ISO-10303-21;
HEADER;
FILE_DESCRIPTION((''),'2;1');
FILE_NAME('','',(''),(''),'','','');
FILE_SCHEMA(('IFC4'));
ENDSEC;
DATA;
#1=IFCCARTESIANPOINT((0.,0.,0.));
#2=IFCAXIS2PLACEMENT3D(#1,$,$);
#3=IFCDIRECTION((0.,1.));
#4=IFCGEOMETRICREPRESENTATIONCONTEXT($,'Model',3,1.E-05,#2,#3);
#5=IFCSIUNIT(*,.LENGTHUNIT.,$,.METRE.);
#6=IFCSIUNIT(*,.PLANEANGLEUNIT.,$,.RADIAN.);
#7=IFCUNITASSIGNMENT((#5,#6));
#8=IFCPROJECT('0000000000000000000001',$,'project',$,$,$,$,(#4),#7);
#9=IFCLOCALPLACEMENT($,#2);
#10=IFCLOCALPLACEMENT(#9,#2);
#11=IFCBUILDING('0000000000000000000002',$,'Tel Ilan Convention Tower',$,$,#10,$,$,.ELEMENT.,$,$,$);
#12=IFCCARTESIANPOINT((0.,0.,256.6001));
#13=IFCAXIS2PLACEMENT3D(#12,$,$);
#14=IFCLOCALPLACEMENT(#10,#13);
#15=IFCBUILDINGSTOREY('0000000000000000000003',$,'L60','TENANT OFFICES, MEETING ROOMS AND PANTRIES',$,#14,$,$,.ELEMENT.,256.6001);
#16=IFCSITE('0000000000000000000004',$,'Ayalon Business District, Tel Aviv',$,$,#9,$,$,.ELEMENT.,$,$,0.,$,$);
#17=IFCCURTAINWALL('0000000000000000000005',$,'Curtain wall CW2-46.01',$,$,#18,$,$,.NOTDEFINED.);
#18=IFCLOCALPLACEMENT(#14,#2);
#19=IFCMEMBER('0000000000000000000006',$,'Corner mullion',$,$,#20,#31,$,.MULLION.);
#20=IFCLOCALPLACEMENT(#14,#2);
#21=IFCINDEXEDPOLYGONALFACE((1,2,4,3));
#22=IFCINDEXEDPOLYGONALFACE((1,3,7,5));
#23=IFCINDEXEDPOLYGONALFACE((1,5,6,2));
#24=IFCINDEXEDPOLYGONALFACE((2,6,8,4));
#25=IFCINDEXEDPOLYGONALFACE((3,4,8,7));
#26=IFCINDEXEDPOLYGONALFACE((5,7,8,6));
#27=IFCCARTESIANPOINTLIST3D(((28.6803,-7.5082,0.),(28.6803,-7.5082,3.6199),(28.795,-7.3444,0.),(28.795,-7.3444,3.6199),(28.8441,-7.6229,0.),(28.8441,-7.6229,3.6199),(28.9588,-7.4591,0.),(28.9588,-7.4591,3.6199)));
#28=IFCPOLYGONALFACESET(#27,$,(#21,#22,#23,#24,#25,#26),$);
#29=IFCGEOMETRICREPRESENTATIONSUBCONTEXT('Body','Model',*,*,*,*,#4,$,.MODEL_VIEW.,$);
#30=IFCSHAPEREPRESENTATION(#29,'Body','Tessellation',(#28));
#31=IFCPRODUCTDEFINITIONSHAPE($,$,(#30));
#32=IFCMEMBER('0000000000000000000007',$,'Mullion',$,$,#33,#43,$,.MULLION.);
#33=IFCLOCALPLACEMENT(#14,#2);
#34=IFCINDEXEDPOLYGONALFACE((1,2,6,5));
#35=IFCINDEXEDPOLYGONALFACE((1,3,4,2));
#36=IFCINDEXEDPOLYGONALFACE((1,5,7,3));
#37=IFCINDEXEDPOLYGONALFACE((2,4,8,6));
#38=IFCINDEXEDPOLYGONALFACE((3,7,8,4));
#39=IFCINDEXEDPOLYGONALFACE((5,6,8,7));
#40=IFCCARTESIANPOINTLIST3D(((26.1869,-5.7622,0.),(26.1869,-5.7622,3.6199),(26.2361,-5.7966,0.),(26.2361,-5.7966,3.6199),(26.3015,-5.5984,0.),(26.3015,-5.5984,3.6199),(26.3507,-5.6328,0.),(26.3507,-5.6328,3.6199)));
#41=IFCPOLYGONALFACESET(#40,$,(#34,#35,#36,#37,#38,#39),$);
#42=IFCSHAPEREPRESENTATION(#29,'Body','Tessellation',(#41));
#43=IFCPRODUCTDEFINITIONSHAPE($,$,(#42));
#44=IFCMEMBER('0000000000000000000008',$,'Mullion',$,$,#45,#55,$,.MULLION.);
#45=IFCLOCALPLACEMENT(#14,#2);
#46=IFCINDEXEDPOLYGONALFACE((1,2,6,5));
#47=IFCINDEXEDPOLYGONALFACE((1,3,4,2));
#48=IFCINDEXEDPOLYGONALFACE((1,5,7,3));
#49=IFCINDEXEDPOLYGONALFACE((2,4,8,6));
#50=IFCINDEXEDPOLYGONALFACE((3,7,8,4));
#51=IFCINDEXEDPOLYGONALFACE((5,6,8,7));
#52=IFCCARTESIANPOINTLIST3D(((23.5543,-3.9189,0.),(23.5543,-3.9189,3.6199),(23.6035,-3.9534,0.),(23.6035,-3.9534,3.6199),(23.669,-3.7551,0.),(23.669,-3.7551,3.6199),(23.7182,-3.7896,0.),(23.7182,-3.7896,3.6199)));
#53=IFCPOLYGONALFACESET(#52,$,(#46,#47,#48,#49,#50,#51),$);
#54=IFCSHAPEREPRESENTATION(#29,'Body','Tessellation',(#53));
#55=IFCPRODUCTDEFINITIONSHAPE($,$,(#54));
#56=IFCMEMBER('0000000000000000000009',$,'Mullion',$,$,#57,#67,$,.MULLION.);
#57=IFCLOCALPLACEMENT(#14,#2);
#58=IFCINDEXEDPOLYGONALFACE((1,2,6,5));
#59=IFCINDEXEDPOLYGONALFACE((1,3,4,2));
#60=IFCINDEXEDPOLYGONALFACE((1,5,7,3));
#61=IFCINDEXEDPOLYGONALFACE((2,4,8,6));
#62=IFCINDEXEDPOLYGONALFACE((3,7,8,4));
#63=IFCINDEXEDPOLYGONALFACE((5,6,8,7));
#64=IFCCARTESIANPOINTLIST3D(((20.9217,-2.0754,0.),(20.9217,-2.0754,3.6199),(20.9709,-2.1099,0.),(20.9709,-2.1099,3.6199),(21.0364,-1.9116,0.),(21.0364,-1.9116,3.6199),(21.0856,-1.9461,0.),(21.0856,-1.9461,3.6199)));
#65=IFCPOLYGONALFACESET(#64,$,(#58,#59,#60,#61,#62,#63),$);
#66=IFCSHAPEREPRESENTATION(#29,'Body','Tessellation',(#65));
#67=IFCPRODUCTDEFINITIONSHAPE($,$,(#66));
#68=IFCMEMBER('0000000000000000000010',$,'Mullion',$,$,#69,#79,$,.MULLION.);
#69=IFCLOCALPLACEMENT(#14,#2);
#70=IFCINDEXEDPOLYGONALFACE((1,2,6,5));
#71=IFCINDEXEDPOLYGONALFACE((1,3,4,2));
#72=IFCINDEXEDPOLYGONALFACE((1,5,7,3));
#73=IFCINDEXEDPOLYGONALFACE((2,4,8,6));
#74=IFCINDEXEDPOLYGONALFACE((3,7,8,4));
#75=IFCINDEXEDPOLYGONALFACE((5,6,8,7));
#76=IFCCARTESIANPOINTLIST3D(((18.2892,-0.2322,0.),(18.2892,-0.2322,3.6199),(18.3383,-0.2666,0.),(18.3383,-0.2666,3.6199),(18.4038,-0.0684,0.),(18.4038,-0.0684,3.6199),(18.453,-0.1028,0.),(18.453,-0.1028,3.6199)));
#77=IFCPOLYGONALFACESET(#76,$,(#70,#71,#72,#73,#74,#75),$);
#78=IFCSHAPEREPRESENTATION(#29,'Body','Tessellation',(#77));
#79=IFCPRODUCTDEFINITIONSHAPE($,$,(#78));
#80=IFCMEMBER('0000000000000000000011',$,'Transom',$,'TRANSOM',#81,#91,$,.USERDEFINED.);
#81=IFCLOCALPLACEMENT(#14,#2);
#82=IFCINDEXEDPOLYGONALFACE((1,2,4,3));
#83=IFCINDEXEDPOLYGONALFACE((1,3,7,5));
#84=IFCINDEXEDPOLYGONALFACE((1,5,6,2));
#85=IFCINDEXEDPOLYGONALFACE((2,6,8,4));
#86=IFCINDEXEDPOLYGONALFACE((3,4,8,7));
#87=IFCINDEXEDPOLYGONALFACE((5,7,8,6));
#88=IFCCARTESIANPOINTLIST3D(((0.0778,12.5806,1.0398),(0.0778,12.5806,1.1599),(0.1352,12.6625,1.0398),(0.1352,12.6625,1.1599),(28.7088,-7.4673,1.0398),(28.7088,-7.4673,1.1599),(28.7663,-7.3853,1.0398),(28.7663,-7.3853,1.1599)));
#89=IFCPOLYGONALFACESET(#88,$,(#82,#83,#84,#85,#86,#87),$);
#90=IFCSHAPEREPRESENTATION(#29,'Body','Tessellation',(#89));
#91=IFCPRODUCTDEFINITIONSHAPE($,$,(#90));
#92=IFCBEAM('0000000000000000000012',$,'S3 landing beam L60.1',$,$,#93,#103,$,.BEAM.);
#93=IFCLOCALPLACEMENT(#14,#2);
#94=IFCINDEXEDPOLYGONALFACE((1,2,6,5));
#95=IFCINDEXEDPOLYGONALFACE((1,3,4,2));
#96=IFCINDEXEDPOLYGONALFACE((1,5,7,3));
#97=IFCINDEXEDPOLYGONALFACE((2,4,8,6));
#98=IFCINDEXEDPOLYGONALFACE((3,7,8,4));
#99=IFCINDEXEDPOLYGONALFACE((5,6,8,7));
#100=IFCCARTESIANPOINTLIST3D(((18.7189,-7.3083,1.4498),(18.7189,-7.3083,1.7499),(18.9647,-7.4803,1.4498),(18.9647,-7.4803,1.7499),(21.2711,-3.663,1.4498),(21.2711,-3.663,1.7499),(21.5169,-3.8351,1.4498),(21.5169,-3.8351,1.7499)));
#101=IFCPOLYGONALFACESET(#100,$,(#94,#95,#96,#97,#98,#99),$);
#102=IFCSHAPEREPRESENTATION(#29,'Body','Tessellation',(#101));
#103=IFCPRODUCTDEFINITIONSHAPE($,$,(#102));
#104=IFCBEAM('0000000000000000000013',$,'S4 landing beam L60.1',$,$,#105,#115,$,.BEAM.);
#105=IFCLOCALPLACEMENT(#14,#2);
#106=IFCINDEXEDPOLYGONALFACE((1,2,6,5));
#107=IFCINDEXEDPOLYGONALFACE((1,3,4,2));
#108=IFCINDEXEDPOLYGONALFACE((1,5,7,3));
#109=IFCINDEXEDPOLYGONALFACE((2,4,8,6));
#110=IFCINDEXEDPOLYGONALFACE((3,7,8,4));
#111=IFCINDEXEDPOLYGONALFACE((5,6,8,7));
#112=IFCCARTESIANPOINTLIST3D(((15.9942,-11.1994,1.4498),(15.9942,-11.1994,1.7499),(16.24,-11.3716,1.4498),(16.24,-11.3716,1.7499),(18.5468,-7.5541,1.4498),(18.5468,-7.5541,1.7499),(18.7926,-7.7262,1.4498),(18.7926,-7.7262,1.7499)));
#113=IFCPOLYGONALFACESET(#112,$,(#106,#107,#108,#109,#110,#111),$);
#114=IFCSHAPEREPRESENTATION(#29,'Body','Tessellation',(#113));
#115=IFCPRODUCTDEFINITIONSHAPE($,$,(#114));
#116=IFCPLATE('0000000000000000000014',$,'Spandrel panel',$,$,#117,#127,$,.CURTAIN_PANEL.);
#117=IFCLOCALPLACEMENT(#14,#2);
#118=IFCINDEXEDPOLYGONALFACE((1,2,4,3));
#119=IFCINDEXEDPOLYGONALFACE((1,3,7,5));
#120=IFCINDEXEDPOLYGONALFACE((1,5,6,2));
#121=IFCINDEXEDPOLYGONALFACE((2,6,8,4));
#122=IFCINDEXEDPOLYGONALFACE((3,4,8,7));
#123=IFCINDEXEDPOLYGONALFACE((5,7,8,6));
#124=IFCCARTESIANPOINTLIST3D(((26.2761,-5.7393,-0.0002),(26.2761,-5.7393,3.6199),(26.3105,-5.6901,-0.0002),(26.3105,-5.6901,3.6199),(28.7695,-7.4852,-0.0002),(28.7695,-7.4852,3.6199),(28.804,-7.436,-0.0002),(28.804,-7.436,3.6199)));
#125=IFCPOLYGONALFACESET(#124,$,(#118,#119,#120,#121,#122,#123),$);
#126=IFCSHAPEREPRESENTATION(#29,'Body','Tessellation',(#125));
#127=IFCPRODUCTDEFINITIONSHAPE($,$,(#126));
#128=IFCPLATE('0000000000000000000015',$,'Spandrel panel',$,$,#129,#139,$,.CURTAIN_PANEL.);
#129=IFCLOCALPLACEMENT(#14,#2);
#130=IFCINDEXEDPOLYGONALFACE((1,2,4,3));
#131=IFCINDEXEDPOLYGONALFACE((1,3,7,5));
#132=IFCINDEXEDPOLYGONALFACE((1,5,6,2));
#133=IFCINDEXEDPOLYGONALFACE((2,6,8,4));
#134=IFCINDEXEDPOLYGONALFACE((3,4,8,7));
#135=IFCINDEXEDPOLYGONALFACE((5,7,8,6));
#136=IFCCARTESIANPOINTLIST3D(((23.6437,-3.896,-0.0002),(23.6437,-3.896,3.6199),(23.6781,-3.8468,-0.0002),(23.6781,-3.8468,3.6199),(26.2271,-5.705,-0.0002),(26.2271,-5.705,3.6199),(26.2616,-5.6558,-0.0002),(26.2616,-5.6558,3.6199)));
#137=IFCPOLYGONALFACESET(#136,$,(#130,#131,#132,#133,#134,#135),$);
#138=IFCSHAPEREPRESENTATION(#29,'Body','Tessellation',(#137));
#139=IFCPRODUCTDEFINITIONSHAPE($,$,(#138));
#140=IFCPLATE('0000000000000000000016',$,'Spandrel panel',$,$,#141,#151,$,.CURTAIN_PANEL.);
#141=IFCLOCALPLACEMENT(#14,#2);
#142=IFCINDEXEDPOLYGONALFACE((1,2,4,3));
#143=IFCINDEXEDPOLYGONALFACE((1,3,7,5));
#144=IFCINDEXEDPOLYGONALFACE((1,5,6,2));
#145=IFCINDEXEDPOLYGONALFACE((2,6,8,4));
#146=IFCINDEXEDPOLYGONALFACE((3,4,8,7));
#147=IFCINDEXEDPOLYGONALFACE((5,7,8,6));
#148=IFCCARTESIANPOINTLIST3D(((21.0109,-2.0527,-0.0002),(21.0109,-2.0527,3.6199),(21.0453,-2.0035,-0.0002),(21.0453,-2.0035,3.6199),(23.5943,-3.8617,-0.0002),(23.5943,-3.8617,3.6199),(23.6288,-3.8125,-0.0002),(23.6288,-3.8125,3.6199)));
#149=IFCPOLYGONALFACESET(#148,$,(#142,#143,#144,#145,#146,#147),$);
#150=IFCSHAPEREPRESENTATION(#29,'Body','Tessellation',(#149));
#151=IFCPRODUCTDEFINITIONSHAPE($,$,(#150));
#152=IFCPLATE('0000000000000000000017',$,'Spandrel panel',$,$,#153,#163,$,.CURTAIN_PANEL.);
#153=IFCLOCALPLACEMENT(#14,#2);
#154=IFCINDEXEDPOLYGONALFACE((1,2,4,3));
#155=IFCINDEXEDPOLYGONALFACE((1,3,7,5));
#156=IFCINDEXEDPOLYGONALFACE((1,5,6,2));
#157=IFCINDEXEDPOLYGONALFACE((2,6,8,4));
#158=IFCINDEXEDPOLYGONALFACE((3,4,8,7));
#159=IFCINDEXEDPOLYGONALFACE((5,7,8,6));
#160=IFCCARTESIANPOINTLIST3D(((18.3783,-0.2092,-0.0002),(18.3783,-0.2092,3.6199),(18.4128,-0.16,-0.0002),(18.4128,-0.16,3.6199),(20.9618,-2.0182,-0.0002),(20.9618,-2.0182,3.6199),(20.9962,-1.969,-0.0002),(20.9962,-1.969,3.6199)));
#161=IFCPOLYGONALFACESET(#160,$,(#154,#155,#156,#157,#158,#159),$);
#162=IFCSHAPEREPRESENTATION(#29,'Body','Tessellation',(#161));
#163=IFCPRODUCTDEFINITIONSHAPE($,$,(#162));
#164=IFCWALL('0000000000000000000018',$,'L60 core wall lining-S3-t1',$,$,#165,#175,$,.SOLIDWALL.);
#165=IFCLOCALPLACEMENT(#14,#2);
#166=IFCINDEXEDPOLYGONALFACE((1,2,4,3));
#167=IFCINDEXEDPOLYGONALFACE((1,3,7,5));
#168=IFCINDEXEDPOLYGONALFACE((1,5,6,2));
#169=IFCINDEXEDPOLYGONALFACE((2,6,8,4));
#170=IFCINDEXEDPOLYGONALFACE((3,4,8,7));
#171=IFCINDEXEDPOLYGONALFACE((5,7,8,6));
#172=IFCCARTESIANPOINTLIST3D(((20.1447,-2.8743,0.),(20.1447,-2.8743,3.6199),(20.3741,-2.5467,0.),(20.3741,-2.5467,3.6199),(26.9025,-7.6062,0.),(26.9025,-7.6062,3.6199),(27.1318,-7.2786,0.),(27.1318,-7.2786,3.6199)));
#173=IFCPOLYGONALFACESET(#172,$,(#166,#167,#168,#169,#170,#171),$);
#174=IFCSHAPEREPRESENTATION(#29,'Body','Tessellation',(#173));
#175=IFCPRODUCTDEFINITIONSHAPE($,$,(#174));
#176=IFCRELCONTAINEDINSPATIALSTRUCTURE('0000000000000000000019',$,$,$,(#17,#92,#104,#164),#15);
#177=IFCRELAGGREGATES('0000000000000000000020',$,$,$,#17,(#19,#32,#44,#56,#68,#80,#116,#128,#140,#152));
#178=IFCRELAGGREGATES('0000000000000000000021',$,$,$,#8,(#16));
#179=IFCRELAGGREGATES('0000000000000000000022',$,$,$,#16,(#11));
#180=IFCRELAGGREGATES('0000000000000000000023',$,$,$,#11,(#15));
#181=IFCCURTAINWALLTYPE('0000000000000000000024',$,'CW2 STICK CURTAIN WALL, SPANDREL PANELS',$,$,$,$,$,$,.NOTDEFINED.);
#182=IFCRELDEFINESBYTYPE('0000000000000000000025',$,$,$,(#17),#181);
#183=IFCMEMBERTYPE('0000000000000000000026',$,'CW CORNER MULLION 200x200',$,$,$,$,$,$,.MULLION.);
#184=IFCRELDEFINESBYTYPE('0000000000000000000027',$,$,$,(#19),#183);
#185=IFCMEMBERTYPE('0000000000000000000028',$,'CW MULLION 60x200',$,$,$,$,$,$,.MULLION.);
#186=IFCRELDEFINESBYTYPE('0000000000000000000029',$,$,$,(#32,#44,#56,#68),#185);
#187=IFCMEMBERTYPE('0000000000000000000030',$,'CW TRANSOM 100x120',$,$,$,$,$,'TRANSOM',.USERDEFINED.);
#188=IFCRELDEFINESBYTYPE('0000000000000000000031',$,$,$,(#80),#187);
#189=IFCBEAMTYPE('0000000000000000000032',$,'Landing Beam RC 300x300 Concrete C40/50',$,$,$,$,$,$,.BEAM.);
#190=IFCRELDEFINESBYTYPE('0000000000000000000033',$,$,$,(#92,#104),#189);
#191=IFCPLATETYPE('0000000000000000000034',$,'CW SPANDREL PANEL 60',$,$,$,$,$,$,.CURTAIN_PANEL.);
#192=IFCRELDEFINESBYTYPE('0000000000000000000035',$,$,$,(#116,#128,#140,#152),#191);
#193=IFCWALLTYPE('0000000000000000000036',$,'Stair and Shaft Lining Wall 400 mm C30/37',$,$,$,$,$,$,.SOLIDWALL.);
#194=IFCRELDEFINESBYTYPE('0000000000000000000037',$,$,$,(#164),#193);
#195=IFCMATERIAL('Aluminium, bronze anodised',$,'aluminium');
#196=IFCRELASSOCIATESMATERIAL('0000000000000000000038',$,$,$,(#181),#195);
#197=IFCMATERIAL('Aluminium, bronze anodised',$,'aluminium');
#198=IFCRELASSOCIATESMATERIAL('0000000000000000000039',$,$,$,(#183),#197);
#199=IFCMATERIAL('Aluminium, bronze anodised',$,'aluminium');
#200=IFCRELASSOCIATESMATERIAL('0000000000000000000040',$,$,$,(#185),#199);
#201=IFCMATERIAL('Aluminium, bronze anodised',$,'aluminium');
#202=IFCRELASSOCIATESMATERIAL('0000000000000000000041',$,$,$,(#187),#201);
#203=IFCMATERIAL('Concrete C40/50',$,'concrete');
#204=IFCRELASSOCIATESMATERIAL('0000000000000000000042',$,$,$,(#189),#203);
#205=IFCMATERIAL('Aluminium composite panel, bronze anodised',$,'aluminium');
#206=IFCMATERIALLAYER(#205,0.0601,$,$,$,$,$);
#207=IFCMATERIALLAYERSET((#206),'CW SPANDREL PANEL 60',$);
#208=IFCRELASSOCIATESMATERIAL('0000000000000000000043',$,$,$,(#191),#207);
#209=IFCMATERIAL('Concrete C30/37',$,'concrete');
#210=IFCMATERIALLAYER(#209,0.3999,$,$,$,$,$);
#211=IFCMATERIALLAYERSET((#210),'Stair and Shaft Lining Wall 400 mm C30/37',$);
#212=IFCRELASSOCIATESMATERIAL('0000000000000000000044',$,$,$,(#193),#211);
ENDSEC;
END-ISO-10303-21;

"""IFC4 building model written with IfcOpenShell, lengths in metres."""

from ifc_helpers import new_model, si_unit, direction, frame, frame_2d, origin, origin_2d, place, context, subcontext, project, spatial, rectangle, extrude, material, layer, layer_set, material_profile, profile_set, type_object, element, aggregate, save


model = new_model("IFC4")

# Units and contexts
model_context = context("Model", 3, precision=1e-05, world=origin(), true_north=direction((0.0, 1.0)))
body_context = subcontext(model_context, "Body", "Model", "MODEL_VIEW")
ifc_project = project(units=[si_unit("LENGTHUNIT", "METRE"), si_unit("PLANEANGLEUNIT", "RADIAN")], contexts=[model_context])

# Site, building, storey
site_placement = place(None, origin())
site = spatial("IfcSite", under=ifc_project, at=site_placement, Name="Ayalon Business District, Tel Aviv", CompositionType="ELEMENT", RefElevation=0.0)
building_placement = place(site_placement, origin())
building = spatial("IfcBuilding", under=site, at=building_placement, Name="Tel Ilan Convention Tower", CompositionType="ELEMENT")
storey_placement = place(building_placement, frame((0.0, 0.0, 256.6001)))
storey = spatial("IfcBuildingStorey", under=building, at=storey_placement, Name="L60", Description="TENANT OFFICES, MEETING ROOMS AND PANTRIES", CompositionType="ELEMENT", Elevation=256.6001)

# Curtain wall, members
ifc_material_1 = material(Name="Aluminium, bronze anodised", Category="aluminium")
curtain_wall_type = type_object("IfcCurtainWallType", Name="CW2 STICK CURTAIN WALL, SPANDREL PANELS", PredefinedType="NOTDEFINED", material=ifc_material_1)
curtain_wall_placement = place(storey_placement, origin())
curtain_wall = element("IfcCurtainWall", 1, at=curtain_wall_placement, inside=storey, type_object=curtain_wall_type, Name="Curtain wall CW2-46.01", PredefinedType="NOTDEFINED")
ifc_material_2 = material(Name="Aluminium, bronze anodised", Category="aluminium")
ifc_material_profile_1 = material_profile(ifc_material_2, rectangle(XDim=0.2, YDim=0.2, at=origin_2d()), Name="CW CORNER MULLION 200x200")
ifc_profile_set_1 = profile_set([ifc_material_profile_1], Name="Aluminium, bronze anodised")
member_type_1 = type_object("IfcMemberType", Name="CW CORNER MULLION 200x200", PredefinedType="MULLION", material=ifc_profile_set_1)
member_1_placement = place(storey_placement, frame((28.8196, -7.4836, 0.0), z_axis=(0.0, 0.0, 1.0), x_axis=(0.573576, 0.819152, 0.0)))
member_1 = element("IfcMember", 2, at=member_1_placement, type_object=member_type_1, Name="Corner mullion", PredefinedType="MULLION", context=body_context, shape_type="SweptSolid", body=[
    extrude(rectangle(XDim=0.2, YDim=0.2, at=origin_2d()), origin(), (0.0, 0.0, 1.0), 3.6199),
])
ifc_material_3 = material(Name="Aluminium, bronze anodised", Category="aluminium")
ifc_material_profile_2 = material_profile(ifc_material_3, rectangle(XDim=0.0601, YDim=0.2, at=origin_2d()), Name="CW MULLION 60x200")
ifc_profile_set_2 = profile_set([ifc_material_profile_2], Name="Aluminium, bronze anodised")
member_type_2 = type_object("IfcMemberType", Name="CW MULLION 60x200", PredefinedType="MULLION", material=ifc_profile_set_2)
member_2_placement = place(storey_placement, frame((26.2688, -5.6975, 0.0), z_axis=(0.0, 0.0, 1.0), x_axis=(-0.819152, 0.573576, 0.0)))
member_2 = element("IfcMember", 3, at=member_2_placement, type_object=member_type_2, Name="Mullion", PredefinedType="MULLION", context=body_context, shape_type="SweptSolid", body=[
    extrude(rectangle(XDim=0.0601, YDim=0.2, at=origin_2d()), origin(), (0.0, 0.0, 1.0), 3.6199),
])
member_3_placement = place(storey_placement, frame((23.6362, -3.8542, 0.0), z_axis=(0.0, 0.0, 1.0), x_axis=(-0.819152, 0.573576, 0.0)))
member_3 = element("IfcMember", 4, at=member_3_placement, type_object=member_type_2, Name="Mullion", PredefinedType="MULLION", context=body_context, shape_type="SweptSolid", body=[
    extrude(rectangle(XDim=0.0601, YDim=0.2, at=origin_2d()), origin(), (0.0, 0.0, 1.0), 3.6199),
])
member_4_placement = place(storey_placement, frame((21.0037, -2.0107, 0.0), z_axis=(0.0, 0.0, 1.0), x_axis=(-0.819152, 0.573576, 0.0)))
member_4 = element("IfcMember", 5, at=member_4_placement, type_object=member_type_2, Name="Mullion", PredefinedType="MULLION", context=body_context, shape_type="SweptSolid", body=[
    extrude(rectangle(XDim=0.0601, YDim=0.2, at=origin_2d()), origin(), (0.0, 0.0, 1.0), 3.6199),
])
member_5_placement = place(storey_placement, frame((18.3711, -0.1675, 0.0), z_axis=(0.0, 0.0, 1.0), x_axis=(-0.819152, 0.573576, 0.0)))
member_5 = element("IfcMember", 6, at=member_5_placement, type_object=member_type_2, Name="Mullion", PredefinedType="MULLION", context=body_context, shape_type="SweptSolid", body=[
    extrude(rectangle(XDim=0.0601, YDim=0.2, at=origin_2d()), origin(), (0.0, 0.0, 1.0), 3.6199),
])
ifc_material_4 = material(Name="Aluminium, bronze anodised", Category="aluminium")
ifc_material_profile_3 = material_profile(ifc_material_4, rectangle(XDim=0.1001, YDim=0.1201, at=origin_2d()), Name="CW TRANSOM 100x120")
ifc_profile_set_3 = profile_set([ifc_material_profile_3], Name="Aluminium, bronze anodised")
member_type_3 = type_object("IfcMemberType", Name="CW TRANSOM 100x120", ElementType="TRANSOM", PredefinedType="USERDEFINED", material=ifc_profile_set_3)
member_6_placement = place(storey_placement, frame((28.7375, -7.4263, 1.0999), z_axis=(-0.81915, 0.573579, 0.0), x_axis=(-0.573579, -0.81915, 0.0)))
member_6 = element("IfcMember", 7, at=member_6_placement, type_object=member_type_3, Name="Transom", ObjectType="TRANSOM", PredefinedType="USERDEFINED", context=body_context, shape_type="SweptSolid", body=[
    extrude(rectangle(XDim=0.1001, YDim=0.1201, at=origin_2d()), origin(), (0.0, 0.0, 1.0), 34.9521),
])

# Beams
ifc_material_5 = material(Name="Concrete C40/50", Category="concrete")
ifc_material_profile_4 = material_profile(ifc_material_5, rectangle(XDim=0.3, YDim=0.3, at=origin_2d()), Name="RC 300x300")
ifc_profile_set_4 = profile_set([ifc_material_profile_4], Name="Concrete C40/50")
beam_type = type_object("IfcBeamType", Name="Landing Beam RC 300x300 Concrete C40/50", PredefinedType="BEAM", material=ifc_profile_set_4)
beam_1_placement = place(storey_placement, frame((21.394, -3.749, 1.5999), z_axis=(-0.573547, -0.819173, 0.0), x_axis=(0.819173, -0.573547, 0.0)))
element("IfcBeam", 8, at=beam_1_placement, inside=storey, type_object=beam_type, Name="S3 landing beam L60.1", PredefinedType="BEAM", context=body_context, shape_type="SweptSolid", body=[
    extrude(rectangle(XDim=0.3, YDim=0.3, at=origin_2d()), origin(), (0.0, 0.0, 1.0), 4.45),
])
beam_2_placement = place(storey_placement, frame((18.6697, -7.6401, 1.5999), z_axis=(-0.573584, -0.819147, 0.0), x_axis=(0.819147, -0.573584, 0.0)))
element("IfcBeam", 9, at=beam_2_placement, inside=storey, type_object=beam_type, Name="S4 landing beam L60.1", PredefinedType="BEAM", context=body_context, shape_type="SweptSolid", body=[
    extrude(rectangle(XDim=0.3, YDim=0.3, at=origin_2d()), origin(), (0.0, 0.0, 1.0), 4.4502),
])

# Plates
ifc_material_6 = material(Name="Aluminium composite panel, bronze anodised", Category="aluminium")
ifc_layer_1 = layer(ifc_material_6, 0.0601)
ifc_layer_set_1 = layer_set([ifc_layer_1], Name="CW SPANDREL PANEL 60")
plate_type = type_object("IfcPlateType", Name="CW SPANDREL PANEL 60", PredefinedType="CURTAIN_PANEL", material=ifc_layer_set_1)
plate_1_placement = place(storey_placement, frame((27.54, -6.5876, -0.0002), z_axis=(0.0, 0.0, 1.0), x_axis=(-0.819152, 0.573576, 0.0)))
plate_1 = element("IfcPlate", 10, at=plate_1_placement, type_object=plate_type, Name="Spandrel panel", PredefinedType="CURTAIN_PANEL", context=body_context, shape_type="SweptSolid", body=[
    extrude(rectangle(XDim=3.0439, YDim=0.0601, at=origin_2d()), origin(), (0.0, 0.0, 1.0), 3.6201),
])
plate_2_placement = place(storey_placement, frame((24.9526, -4.7759, -0.0002), z_axis=(0.0, 0.0, 1.0), x_axis=(-0.819152, 0.573576, 0.0)))
plate_2 = element("IfcPlate", 11, at=plate_2_placement, type_object=plate_type, Name="Spandrel panel", PredefinedType="CURTAIN_PANEL", context=body_context, shape_type="SweptSolid", body=[
    extrude(rectangle(XDim=3.1538, YDim=0.0601, at=origin_2d()), origin(), (0.0, 0.0, 1.0), 3.6201),
])
plate_3_placement = place(storey_placement, frame((22.3198, -2.9326, -0.0002), z_axis=(0.0, 0.0, 1.0), x_axis=(-0.819152, 0.573576, 0.0)))
plate_3 = element("IfcPlate", 12, at=plate_3_placement, type_object=plate_type, Name="Spandrel panel", PredefinedType="CURTAIN_PANEL", context=body_context, shape_type="SweptSolid", body=[
    extrude(rectangle(XDim=3.1538, YDim=0.0601, at=origin_2d()), origin(), (0.0, 0.0, 1.0), 3.6201),
])
plate_4_placement = place(storey_placement, frame((19.6873, -1.0891, -0.0002), z_axis=(0.0, 0.0, 1.0), x_axis=(-0.819152, 0.573576, 0.0)))
plate_4 = element("IfcPlate", 13, at=plate_4_placement, type_object=plate_type, Name="Spandrel panel", PredefinedType="CURTAIN_PANEL", context=body_context, shape_type="SweptSolid", body=[
    extrude(rectangle(XDim=3.1538, YDim=0.0601, at=origin_2d()), origin(), (0.0, 0.0, 1.0), 3.6201),
])
aggregate(curtain_wall, [member_1, member_2, member_3, member_4, member_5, member_6, plate_1, plate_2, plate_3, plate_4])

# Wall
ifc_material_7 = material(Name="Concrete C30/37", Category="concrete")
ifc_layer_2 = layer(ifc_material_7, 0.3999)
ifc_layer_set_2 = layer_set([ifc_layer_2], Name="Stair and Shaft Lining Wall 400 mm C30/37")
wall_type = type_object("IfcWallType", Name="Stair and Shaft Lining Wall 400 mm C30/37", PredefinedType="SOLIDWALL", material=ifc_layer_set_2)
wall_placement = place(storey_placement, frame((20.2593, -2.7104, 0.0), z_axis=(0.0, 0.0, 1.0), x_axis=(0.819148, -0.573582, 0.0)))
element("IfcWall", 14, at=wall_placement, inside=storey, type_object=wall_type, Name="L60 core wall lining-S3-t1", PredefinedType="SOLIDWALL", context=body_context, shape_type="SweptSolid", body=[
    extrude(rectangle(XDim=8.2498, YDim=0.3999, at=frame_2d((4.125, 0.0))), origin(), (0.0, 0.0, 1.0), 3.6199),
])

save(model, "model.ifc")
